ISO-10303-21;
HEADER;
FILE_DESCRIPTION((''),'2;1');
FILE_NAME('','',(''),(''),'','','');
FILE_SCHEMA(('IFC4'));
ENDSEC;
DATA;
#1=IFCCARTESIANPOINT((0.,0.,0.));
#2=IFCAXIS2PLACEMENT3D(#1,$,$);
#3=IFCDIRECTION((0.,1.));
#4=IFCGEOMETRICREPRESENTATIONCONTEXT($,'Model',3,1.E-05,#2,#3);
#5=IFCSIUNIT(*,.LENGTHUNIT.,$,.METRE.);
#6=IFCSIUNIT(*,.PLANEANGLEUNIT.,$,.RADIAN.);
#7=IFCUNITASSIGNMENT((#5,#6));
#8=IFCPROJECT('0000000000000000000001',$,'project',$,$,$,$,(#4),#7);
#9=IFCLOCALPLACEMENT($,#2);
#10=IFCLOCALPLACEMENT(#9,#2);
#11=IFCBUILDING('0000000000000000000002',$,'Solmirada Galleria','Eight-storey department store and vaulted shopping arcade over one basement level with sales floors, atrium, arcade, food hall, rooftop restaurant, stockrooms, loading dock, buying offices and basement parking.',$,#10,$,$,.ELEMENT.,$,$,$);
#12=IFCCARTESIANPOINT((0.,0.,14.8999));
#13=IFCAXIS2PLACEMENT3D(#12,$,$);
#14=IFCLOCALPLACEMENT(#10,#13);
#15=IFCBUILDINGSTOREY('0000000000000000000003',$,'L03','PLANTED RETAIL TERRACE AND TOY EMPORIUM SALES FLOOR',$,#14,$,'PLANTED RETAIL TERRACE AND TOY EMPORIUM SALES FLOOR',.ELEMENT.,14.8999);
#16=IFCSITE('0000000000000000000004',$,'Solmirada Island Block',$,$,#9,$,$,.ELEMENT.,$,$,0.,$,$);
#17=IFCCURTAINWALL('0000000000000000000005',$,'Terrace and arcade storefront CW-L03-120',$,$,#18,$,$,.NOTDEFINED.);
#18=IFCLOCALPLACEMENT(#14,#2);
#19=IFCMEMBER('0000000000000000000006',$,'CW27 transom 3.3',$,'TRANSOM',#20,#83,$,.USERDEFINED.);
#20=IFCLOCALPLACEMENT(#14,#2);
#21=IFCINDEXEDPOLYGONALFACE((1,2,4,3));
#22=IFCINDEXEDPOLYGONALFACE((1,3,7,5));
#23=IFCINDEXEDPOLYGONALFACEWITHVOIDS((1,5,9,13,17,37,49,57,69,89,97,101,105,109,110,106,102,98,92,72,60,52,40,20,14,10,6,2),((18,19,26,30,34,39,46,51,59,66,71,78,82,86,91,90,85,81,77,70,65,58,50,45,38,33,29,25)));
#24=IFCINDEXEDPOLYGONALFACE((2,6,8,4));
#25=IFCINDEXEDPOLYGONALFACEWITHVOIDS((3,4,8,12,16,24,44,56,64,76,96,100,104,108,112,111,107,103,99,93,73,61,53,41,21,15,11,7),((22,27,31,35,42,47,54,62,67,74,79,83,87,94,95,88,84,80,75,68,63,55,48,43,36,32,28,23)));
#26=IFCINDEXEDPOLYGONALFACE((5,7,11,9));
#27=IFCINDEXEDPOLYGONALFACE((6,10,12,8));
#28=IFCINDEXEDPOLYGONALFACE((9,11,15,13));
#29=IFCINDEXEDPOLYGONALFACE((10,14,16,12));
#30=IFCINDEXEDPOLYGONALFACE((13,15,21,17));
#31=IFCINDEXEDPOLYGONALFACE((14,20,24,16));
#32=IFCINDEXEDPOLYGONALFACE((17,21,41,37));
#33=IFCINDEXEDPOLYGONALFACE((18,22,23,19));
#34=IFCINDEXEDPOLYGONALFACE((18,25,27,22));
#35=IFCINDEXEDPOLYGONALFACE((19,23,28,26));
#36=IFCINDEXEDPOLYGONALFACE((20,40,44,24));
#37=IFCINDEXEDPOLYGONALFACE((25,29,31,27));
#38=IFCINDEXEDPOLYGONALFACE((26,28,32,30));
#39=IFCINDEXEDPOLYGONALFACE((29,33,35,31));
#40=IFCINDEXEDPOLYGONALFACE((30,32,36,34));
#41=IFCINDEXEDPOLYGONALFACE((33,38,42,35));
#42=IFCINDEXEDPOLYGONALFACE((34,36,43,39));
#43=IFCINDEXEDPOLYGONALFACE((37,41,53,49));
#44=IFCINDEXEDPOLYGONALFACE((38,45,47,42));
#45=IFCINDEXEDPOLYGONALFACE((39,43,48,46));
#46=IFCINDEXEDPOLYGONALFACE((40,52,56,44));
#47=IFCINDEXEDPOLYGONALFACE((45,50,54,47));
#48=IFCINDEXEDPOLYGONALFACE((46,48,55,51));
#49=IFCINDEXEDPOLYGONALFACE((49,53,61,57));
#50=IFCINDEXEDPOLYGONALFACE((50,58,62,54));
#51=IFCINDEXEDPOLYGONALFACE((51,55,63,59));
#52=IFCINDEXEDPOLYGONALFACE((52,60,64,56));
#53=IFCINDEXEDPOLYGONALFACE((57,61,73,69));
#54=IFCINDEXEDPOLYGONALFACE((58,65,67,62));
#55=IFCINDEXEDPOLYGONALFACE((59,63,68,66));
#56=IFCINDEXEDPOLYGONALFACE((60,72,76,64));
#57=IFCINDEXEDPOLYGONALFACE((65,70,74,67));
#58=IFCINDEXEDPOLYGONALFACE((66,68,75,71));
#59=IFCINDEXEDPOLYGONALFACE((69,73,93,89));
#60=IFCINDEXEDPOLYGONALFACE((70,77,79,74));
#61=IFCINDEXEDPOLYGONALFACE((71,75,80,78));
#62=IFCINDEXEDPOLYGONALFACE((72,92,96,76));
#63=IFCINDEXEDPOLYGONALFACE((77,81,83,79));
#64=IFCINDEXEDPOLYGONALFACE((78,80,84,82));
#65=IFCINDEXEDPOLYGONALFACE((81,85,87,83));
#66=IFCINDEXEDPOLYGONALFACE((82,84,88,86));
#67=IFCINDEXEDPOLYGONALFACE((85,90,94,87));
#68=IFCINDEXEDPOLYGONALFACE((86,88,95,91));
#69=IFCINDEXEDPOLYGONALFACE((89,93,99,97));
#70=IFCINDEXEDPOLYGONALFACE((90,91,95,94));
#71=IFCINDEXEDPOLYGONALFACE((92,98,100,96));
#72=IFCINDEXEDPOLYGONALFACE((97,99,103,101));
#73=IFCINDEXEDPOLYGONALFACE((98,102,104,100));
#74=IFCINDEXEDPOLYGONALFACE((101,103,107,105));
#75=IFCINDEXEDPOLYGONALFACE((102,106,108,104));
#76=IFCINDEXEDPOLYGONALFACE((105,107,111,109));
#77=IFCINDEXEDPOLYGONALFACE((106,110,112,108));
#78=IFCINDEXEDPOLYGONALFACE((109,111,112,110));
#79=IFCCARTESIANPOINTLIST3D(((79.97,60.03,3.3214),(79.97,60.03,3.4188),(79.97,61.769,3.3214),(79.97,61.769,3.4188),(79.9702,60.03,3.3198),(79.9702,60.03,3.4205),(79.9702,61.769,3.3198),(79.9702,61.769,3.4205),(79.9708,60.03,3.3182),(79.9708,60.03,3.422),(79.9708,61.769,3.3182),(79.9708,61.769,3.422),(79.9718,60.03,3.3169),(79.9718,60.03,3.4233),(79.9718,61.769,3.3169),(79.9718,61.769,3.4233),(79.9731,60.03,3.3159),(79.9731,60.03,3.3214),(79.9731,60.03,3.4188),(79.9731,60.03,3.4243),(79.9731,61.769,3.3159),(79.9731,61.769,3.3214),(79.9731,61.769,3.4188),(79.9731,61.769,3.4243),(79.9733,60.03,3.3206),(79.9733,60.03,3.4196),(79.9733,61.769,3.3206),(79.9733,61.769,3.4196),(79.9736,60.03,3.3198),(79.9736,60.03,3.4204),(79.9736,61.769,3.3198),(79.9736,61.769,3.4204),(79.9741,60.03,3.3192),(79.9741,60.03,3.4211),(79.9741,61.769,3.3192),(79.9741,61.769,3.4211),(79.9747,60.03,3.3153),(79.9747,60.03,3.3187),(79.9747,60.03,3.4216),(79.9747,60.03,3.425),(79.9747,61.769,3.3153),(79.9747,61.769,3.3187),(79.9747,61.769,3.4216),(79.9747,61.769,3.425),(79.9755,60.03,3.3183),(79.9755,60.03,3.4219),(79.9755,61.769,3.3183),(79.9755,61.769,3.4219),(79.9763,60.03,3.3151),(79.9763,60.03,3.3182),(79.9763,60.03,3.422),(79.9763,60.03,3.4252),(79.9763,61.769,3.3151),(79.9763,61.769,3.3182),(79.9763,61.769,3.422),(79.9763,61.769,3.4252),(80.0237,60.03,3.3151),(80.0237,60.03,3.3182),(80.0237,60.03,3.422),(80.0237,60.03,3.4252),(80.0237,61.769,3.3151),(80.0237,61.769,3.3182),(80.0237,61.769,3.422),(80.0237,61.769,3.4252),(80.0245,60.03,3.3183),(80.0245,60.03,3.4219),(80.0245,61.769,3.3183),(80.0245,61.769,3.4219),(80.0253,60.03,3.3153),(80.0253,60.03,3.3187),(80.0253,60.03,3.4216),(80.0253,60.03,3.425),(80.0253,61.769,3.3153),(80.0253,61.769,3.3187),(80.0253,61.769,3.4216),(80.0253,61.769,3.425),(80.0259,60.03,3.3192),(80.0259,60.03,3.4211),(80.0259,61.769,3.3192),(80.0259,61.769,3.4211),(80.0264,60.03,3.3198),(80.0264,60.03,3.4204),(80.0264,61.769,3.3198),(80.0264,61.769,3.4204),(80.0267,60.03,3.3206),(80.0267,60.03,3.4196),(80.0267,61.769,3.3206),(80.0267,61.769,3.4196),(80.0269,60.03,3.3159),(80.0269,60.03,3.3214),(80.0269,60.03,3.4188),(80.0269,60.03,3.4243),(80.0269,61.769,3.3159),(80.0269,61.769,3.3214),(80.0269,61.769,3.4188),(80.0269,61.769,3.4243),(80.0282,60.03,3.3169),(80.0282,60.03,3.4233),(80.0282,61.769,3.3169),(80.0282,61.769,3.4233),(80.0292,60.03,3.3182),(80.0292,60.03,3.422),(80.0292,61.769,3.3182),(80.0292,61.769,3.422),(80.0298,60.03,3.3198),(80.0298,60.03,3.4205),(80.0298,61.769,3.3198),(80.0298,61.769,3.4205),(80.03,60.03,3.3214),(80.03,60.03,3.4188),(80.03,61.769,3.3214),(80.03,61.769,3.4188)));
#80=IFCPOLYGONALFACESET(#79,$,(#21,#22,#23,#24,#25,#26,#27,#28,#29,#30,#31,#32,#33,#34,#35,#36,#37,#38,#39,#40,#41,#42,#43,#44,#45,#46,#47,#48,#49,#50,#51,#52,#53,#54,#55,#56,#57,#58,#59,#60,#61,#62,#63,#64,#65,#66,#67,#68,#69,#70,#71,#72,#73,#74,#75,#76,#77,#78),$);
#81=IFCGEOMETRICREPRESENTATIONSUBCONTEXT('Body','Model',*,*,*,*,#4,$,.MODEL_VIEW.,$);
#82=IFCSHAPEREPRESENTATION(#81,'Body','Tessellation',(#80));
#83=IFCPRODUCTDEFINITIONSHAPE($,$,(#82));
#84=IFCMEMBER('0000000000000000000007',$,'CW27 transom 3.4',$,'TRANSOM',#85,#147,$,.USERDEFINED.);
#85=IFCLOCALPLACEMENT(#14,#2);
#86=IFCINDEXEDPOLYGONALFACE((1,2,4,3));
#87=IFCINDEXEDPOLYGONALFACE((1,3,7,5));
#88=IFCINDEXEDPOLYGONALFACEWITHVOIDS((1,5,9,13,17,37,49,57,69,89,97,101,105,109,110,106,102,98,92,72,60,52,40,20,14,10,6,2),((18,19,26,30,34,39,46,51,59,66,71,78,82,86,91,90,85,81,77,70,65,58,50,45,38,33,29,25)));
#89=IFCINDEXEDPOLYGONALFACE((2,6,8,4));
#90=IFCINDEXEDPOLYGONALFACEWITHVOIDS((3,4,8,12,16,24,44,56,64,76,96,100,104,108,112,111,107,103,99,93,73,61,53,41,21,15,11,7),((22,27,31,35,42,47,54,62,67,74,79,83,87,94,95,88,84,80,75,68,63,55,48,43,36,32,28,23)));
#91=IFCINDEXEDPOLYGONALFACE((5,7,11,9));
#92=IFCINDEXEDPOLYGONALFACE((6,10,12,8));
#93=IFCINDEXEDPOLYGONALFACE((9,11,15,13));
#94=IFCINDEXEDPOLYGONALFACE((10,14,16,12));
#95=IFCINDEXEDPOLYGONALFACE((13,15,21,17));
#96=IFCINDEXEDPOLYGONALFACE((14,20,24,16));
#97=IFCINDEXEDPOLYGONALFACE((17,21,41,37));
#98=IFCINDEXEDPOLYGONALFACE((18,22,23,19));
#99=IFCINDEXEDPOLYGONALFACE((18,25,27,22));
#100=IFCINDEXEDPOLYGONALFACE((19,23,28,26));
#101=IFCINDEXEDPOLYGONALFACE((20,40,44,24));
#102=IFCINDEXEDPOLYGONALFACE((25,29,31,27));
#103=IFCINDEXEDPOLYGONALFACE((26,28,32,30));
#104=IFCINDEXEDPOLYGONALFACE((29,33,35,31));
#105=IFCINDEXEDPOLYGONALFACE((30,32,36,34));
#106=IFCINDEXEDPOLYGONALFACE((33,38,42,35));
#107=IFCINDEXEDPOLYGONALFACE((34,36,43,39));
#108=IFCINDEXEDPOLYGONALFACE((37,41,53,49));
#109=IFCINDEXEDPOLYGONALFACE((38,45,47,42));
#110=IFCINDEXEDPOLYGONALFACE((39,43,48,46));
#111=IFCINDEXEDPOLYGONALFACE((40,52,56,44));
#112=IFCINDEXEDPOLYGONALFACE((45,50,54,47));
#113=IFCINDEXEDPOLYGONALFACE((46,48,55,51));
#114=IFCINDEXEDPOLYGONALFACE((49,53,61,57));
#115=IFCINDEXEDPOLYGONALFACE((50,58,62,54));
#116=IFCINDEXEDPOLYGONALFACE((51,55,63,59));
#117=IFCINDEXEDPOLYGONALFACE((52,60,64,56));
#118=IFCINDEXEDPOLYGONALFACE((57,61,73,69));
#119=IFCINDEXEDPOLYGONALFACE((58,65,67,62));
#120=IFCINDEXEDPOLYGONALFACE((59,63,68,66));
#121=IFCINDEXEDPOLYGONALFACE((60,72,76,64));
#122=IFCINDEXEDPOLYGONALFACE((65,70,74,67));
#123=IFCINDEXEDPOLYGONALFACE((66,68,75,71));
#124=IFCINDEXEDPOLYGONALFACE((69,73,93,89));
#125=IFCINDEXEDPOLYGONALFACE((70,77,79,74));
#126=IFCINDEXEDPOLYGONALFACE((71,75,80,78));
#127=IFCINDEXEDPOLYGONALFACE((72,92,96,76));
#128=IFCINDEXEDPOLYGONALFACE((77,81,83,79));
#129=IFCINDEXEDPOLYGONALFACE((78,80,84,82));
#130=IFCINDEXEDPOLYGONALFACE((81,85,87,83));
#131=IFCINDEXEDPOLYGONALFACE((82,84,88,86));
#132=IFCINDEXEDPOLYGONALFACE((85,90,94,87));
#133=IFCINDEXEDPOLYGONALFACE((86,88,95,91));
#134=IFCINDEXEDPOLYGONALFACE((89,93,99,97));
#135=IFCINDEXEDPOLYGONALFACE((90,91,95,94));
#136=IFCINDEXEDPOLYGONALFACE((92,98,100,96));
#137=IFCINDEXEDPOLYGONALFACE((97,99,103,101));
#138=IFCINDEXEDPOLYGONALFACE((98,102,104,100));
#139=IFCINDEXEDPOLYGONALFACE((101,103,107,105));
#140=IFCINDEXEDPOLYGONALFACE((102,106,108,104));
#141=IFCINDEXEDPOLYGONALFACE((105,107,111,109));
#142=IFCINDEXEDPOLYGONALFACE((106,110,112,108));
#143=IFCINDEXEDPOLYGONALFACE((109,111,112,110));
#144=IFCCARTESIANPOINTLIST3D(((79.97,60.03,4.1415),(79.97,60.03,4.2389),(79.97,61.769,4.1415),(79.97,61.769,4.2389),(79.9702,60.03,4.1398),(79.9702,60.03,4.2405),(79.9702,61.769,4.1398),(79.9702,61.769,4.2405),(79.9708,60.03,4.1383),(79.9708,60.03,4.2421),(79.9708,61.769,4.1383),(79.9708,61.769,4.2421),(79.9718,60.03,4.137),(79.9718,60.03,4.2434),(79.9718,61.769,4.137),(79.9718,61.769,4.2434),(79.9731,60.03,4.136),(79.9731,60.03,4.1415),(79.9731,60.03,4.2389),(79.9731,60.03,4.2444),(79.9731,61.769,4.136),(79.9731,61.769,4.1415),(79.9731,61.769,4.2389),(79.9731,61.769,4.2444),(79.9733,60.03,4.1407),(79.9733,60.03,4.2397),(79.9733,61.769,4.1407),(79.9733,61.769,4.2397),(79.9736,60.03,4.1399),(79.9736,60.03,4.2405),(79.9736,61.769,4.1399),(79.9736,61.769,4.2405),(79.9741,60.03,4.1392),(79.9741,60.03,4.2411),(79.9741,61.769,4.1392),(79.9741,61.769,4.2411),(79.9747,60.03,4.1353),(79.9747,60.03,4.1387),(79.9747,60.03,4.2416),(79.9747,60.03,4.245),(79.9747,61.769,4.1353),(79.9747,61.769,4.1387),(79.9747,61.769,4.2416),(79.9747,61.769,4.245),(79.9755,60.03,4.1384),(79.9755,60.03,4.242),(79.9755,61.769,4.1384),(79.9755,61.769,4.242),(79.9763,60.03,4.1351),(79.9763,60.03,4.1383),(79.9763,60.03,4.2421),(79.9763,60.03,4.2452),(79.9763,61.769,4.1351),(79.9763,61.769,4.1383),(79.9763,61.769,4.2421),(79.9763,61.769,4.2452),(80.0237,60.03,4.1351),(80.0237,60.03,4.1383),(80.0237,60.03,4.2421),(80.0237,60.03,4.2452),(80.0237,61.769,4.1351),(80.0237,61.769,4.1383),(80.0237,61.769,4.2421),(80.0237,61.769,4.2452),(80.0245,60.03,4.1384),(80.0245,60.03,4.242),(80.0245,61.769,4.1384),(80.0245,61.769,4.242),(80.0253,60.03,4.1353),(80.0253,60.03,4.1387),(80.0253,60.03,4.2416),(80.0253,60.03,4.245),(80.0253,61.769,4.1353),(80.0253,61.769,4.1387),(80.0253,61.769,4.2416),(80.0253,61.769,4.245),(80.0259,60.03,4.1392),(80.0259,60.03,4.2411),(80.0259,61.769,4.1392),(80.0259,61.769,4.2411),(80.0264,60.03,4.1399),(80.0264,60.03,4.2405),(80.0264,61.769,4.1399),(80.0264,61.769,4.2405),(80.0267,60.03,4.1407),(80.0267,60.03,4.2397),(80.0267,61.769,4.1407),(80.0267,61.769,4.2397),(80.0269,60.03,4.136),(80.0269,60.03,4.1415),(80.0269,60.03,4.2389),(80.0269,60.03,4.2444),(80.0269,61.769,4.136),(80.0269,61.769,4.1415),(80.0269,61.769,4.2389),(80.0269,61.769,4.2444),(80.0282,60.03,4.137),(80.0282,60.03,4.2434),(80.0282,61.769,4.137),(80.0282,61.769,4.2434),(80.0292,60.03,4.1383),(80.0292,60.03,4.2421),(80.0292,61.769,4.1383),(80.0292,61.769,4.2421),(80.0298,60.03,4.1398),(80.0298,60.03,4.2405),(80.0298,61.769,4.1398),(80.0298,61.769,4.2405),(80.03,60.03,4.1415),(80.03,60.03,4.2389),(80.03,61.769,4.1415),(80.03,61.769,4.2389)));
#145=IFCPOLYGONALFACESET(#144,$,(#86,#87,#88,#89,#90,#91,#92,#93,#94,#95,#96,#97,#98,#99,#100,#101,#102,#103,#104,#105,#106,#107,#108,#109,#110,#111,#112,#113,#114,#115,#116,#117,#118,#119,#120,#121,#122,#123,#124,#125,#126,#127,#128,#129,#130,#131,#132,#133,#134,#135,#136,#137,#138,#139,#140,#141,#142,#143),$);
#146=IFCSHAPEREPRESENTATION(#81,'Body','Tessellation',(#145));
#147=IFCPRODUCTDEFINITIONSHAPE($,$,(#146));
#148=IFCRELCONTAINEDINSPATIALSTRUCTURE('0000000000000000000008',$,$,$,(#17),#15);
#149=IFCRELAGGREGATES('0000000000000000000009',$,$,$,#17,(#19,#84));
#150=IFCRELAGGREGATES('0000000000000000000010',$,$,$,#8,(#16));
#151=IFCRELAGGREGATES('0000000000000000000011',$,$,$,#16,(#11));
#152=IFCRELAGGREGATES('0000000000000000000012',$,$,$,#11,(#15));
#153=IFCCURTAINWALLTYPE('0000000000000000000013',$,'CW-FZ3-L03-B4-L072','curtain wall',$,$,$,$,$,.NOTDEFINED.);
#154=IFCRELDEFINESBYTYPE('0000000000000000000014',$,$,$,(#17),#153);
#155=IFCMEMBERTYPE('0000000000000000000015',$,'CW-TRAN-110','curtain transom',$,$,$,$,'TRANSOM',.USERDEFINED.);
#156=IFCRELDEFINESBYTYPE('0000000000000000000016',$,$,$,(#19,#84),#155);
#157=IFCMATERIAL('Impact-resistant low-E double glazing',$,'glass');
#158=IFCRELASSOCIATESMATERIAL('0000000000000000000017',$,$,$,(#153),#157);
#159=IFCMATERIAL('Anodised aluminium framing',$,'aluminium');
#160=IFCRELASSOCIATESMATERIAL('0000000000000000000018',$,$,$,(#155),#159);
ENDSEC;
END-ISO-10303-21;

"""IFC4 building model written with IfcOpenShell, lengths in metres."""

from ifc_helpers import new_model, si_unit, direction, frame, origin, origin_2d, place, context, subcontext, project, spatial, hollow_rectangle, extrude, material, material_profile, profile_set, type_object, element, aggregate, save


model = new_model("IFC4")

# Units and contexts
model_context = context("Model", 3, precision=1e-05, world=origin(), true_north=direction((0.0, 1.0)))
body_context = subcontext(model_context, "Body", "Model", "MODEL_VIEW")
ifc_project = project(units=[si_unit("LENGTHUNIT", "METRE"), si_unit("PLANEANGLEUNIT", "RADIAN")], contexts=[model_context])

# Site, building, storey
site_placement = place(None, origin())
site = spatial("IfcSite", under=ifc_project, at=site_placement, Name="Solmirada Island Block", CompositionType="ELEMENT", RefElevation=0.0)
building_placement = place(site_placement, origin())
building = spatial("IfcBuilding", under=site, at=building_placement, Name="Solmirada Galleria", Description="Eight-storey department store and vaulted shopping arcade over one basement level with sales floors, atrium, arcade, food hall, rooftop restaurant, stockrooms, loading dock, buying offices and basement parking.", CompositionType="ELEMENT")
storey_placement = place(building_placement, frame((0.0, 0.0, 14.8999)))
storey = spatial("IfcBuildingStorey", under=building, at=storey_placement, Name="L03", Description="PLANTED RETAIL TERRACE AND TOY EMPORIUM SALES FLOOR", LongName="PLANTED RETAIL TERRACE AND TOY EMPORIUM SALES FLOOR", CompositionType="ELEMENT", Elevation=14.8999)

# Curtain wall
ifc_material_1 = material(Name="Impact-resistant low-E double glazing", Category="glass")
curtain_wall_type = type_object("IfcCurtainWallType", Name="CW-FZ3-L03-B4-L072", Description="curtain wall", PredefinedType="NOTDEFINED", material=ifc_material_1)
curtain_wall_1_placement = place(storey_placement, origin())
curtain_wall_1 = element("IfcCurtainWall", 1, at=curtain_wall_1_placement, inside=storey, type_object=curtain_wall_type, Name="Terrace and arcade storefront CW-L03-120", PredefinedType="NOTDEFINED")
ifc_material_2 = material(Name="Anodised aluminium framing", Category="aluminium")

# Members
ifc_material_profile_1 = material_profile(ifc_material_2, hollow_rectangle(XDim=0.0601, YDim=0.1101, WallThickness=0.0032, InnerFilletRadius=0.0032, OuterFilletRadius=0.0063, at=origin_2d()), Name="ALU-TRAN-110X60")
ifc_profile_set_1 = profile_set([ifc_material_profile_1], Name="Anodised aluminium framing")
member_type_1 = type_object("IfcMemberType", Name="CW-TRAN-110", Description="curtain transom", ElementType="TRANSOM", PredefinedType="USERDEFINED", material=ifc_profile_set_1)
member_1_placement = place(storey_placement, frame((80.0, 60.03, 3.3701), z_axis=(0.0, 1.0, 0.0), x_axis=(-1.0, 0.0, 0.0)))
member_1 = element("IfcMember", 2, at=member_1_placement, type_object=member_type_1, Name="CW27 transom 3.3", ObjectType="TRANSOM", PredefinedType="USERDEFINED", context=body_context, shape_type="SweptSolid", body=[
    extrude(hollow_rectangle(XDim=0.0601, YDim=0.1101, WallThickness=0.0032, InnerFilletRadius=0.0032, OuterFilletRadius=0.0063, at=origin_2d()), origin(), (0.0, 0.0, 1.0), 1.739),
])
member_2_placement = place(storey_placement, frame((80.0, 60.03, 4.1902), z_axis=(0.0, 1.0, 0.0), x_axis=(-1.0, 0.0, 0.0)))
member_2 = element("IfcMember", 3, at=member_2_placement, type_object=member_type_1, Name="CW27 transom 3.4", ObjectType="TRANSOM", PredefinedType="USERDEFINED", context=body_context, shape_type="SweptSolid", body=[
    extrude(hollow_rectangle(XDim=0.0601, YDim=0.1101, WallThickness=0.0032, InnerFilletRadius=0.0032, OuterFilletRadius=0.0063, at=origin_2d()), origin(), (0.0, 0.0, 1.0), 1.739),
])

aggregate(curtain_wall_1, [member_1, member_2])

save(model, "model.ifc")
